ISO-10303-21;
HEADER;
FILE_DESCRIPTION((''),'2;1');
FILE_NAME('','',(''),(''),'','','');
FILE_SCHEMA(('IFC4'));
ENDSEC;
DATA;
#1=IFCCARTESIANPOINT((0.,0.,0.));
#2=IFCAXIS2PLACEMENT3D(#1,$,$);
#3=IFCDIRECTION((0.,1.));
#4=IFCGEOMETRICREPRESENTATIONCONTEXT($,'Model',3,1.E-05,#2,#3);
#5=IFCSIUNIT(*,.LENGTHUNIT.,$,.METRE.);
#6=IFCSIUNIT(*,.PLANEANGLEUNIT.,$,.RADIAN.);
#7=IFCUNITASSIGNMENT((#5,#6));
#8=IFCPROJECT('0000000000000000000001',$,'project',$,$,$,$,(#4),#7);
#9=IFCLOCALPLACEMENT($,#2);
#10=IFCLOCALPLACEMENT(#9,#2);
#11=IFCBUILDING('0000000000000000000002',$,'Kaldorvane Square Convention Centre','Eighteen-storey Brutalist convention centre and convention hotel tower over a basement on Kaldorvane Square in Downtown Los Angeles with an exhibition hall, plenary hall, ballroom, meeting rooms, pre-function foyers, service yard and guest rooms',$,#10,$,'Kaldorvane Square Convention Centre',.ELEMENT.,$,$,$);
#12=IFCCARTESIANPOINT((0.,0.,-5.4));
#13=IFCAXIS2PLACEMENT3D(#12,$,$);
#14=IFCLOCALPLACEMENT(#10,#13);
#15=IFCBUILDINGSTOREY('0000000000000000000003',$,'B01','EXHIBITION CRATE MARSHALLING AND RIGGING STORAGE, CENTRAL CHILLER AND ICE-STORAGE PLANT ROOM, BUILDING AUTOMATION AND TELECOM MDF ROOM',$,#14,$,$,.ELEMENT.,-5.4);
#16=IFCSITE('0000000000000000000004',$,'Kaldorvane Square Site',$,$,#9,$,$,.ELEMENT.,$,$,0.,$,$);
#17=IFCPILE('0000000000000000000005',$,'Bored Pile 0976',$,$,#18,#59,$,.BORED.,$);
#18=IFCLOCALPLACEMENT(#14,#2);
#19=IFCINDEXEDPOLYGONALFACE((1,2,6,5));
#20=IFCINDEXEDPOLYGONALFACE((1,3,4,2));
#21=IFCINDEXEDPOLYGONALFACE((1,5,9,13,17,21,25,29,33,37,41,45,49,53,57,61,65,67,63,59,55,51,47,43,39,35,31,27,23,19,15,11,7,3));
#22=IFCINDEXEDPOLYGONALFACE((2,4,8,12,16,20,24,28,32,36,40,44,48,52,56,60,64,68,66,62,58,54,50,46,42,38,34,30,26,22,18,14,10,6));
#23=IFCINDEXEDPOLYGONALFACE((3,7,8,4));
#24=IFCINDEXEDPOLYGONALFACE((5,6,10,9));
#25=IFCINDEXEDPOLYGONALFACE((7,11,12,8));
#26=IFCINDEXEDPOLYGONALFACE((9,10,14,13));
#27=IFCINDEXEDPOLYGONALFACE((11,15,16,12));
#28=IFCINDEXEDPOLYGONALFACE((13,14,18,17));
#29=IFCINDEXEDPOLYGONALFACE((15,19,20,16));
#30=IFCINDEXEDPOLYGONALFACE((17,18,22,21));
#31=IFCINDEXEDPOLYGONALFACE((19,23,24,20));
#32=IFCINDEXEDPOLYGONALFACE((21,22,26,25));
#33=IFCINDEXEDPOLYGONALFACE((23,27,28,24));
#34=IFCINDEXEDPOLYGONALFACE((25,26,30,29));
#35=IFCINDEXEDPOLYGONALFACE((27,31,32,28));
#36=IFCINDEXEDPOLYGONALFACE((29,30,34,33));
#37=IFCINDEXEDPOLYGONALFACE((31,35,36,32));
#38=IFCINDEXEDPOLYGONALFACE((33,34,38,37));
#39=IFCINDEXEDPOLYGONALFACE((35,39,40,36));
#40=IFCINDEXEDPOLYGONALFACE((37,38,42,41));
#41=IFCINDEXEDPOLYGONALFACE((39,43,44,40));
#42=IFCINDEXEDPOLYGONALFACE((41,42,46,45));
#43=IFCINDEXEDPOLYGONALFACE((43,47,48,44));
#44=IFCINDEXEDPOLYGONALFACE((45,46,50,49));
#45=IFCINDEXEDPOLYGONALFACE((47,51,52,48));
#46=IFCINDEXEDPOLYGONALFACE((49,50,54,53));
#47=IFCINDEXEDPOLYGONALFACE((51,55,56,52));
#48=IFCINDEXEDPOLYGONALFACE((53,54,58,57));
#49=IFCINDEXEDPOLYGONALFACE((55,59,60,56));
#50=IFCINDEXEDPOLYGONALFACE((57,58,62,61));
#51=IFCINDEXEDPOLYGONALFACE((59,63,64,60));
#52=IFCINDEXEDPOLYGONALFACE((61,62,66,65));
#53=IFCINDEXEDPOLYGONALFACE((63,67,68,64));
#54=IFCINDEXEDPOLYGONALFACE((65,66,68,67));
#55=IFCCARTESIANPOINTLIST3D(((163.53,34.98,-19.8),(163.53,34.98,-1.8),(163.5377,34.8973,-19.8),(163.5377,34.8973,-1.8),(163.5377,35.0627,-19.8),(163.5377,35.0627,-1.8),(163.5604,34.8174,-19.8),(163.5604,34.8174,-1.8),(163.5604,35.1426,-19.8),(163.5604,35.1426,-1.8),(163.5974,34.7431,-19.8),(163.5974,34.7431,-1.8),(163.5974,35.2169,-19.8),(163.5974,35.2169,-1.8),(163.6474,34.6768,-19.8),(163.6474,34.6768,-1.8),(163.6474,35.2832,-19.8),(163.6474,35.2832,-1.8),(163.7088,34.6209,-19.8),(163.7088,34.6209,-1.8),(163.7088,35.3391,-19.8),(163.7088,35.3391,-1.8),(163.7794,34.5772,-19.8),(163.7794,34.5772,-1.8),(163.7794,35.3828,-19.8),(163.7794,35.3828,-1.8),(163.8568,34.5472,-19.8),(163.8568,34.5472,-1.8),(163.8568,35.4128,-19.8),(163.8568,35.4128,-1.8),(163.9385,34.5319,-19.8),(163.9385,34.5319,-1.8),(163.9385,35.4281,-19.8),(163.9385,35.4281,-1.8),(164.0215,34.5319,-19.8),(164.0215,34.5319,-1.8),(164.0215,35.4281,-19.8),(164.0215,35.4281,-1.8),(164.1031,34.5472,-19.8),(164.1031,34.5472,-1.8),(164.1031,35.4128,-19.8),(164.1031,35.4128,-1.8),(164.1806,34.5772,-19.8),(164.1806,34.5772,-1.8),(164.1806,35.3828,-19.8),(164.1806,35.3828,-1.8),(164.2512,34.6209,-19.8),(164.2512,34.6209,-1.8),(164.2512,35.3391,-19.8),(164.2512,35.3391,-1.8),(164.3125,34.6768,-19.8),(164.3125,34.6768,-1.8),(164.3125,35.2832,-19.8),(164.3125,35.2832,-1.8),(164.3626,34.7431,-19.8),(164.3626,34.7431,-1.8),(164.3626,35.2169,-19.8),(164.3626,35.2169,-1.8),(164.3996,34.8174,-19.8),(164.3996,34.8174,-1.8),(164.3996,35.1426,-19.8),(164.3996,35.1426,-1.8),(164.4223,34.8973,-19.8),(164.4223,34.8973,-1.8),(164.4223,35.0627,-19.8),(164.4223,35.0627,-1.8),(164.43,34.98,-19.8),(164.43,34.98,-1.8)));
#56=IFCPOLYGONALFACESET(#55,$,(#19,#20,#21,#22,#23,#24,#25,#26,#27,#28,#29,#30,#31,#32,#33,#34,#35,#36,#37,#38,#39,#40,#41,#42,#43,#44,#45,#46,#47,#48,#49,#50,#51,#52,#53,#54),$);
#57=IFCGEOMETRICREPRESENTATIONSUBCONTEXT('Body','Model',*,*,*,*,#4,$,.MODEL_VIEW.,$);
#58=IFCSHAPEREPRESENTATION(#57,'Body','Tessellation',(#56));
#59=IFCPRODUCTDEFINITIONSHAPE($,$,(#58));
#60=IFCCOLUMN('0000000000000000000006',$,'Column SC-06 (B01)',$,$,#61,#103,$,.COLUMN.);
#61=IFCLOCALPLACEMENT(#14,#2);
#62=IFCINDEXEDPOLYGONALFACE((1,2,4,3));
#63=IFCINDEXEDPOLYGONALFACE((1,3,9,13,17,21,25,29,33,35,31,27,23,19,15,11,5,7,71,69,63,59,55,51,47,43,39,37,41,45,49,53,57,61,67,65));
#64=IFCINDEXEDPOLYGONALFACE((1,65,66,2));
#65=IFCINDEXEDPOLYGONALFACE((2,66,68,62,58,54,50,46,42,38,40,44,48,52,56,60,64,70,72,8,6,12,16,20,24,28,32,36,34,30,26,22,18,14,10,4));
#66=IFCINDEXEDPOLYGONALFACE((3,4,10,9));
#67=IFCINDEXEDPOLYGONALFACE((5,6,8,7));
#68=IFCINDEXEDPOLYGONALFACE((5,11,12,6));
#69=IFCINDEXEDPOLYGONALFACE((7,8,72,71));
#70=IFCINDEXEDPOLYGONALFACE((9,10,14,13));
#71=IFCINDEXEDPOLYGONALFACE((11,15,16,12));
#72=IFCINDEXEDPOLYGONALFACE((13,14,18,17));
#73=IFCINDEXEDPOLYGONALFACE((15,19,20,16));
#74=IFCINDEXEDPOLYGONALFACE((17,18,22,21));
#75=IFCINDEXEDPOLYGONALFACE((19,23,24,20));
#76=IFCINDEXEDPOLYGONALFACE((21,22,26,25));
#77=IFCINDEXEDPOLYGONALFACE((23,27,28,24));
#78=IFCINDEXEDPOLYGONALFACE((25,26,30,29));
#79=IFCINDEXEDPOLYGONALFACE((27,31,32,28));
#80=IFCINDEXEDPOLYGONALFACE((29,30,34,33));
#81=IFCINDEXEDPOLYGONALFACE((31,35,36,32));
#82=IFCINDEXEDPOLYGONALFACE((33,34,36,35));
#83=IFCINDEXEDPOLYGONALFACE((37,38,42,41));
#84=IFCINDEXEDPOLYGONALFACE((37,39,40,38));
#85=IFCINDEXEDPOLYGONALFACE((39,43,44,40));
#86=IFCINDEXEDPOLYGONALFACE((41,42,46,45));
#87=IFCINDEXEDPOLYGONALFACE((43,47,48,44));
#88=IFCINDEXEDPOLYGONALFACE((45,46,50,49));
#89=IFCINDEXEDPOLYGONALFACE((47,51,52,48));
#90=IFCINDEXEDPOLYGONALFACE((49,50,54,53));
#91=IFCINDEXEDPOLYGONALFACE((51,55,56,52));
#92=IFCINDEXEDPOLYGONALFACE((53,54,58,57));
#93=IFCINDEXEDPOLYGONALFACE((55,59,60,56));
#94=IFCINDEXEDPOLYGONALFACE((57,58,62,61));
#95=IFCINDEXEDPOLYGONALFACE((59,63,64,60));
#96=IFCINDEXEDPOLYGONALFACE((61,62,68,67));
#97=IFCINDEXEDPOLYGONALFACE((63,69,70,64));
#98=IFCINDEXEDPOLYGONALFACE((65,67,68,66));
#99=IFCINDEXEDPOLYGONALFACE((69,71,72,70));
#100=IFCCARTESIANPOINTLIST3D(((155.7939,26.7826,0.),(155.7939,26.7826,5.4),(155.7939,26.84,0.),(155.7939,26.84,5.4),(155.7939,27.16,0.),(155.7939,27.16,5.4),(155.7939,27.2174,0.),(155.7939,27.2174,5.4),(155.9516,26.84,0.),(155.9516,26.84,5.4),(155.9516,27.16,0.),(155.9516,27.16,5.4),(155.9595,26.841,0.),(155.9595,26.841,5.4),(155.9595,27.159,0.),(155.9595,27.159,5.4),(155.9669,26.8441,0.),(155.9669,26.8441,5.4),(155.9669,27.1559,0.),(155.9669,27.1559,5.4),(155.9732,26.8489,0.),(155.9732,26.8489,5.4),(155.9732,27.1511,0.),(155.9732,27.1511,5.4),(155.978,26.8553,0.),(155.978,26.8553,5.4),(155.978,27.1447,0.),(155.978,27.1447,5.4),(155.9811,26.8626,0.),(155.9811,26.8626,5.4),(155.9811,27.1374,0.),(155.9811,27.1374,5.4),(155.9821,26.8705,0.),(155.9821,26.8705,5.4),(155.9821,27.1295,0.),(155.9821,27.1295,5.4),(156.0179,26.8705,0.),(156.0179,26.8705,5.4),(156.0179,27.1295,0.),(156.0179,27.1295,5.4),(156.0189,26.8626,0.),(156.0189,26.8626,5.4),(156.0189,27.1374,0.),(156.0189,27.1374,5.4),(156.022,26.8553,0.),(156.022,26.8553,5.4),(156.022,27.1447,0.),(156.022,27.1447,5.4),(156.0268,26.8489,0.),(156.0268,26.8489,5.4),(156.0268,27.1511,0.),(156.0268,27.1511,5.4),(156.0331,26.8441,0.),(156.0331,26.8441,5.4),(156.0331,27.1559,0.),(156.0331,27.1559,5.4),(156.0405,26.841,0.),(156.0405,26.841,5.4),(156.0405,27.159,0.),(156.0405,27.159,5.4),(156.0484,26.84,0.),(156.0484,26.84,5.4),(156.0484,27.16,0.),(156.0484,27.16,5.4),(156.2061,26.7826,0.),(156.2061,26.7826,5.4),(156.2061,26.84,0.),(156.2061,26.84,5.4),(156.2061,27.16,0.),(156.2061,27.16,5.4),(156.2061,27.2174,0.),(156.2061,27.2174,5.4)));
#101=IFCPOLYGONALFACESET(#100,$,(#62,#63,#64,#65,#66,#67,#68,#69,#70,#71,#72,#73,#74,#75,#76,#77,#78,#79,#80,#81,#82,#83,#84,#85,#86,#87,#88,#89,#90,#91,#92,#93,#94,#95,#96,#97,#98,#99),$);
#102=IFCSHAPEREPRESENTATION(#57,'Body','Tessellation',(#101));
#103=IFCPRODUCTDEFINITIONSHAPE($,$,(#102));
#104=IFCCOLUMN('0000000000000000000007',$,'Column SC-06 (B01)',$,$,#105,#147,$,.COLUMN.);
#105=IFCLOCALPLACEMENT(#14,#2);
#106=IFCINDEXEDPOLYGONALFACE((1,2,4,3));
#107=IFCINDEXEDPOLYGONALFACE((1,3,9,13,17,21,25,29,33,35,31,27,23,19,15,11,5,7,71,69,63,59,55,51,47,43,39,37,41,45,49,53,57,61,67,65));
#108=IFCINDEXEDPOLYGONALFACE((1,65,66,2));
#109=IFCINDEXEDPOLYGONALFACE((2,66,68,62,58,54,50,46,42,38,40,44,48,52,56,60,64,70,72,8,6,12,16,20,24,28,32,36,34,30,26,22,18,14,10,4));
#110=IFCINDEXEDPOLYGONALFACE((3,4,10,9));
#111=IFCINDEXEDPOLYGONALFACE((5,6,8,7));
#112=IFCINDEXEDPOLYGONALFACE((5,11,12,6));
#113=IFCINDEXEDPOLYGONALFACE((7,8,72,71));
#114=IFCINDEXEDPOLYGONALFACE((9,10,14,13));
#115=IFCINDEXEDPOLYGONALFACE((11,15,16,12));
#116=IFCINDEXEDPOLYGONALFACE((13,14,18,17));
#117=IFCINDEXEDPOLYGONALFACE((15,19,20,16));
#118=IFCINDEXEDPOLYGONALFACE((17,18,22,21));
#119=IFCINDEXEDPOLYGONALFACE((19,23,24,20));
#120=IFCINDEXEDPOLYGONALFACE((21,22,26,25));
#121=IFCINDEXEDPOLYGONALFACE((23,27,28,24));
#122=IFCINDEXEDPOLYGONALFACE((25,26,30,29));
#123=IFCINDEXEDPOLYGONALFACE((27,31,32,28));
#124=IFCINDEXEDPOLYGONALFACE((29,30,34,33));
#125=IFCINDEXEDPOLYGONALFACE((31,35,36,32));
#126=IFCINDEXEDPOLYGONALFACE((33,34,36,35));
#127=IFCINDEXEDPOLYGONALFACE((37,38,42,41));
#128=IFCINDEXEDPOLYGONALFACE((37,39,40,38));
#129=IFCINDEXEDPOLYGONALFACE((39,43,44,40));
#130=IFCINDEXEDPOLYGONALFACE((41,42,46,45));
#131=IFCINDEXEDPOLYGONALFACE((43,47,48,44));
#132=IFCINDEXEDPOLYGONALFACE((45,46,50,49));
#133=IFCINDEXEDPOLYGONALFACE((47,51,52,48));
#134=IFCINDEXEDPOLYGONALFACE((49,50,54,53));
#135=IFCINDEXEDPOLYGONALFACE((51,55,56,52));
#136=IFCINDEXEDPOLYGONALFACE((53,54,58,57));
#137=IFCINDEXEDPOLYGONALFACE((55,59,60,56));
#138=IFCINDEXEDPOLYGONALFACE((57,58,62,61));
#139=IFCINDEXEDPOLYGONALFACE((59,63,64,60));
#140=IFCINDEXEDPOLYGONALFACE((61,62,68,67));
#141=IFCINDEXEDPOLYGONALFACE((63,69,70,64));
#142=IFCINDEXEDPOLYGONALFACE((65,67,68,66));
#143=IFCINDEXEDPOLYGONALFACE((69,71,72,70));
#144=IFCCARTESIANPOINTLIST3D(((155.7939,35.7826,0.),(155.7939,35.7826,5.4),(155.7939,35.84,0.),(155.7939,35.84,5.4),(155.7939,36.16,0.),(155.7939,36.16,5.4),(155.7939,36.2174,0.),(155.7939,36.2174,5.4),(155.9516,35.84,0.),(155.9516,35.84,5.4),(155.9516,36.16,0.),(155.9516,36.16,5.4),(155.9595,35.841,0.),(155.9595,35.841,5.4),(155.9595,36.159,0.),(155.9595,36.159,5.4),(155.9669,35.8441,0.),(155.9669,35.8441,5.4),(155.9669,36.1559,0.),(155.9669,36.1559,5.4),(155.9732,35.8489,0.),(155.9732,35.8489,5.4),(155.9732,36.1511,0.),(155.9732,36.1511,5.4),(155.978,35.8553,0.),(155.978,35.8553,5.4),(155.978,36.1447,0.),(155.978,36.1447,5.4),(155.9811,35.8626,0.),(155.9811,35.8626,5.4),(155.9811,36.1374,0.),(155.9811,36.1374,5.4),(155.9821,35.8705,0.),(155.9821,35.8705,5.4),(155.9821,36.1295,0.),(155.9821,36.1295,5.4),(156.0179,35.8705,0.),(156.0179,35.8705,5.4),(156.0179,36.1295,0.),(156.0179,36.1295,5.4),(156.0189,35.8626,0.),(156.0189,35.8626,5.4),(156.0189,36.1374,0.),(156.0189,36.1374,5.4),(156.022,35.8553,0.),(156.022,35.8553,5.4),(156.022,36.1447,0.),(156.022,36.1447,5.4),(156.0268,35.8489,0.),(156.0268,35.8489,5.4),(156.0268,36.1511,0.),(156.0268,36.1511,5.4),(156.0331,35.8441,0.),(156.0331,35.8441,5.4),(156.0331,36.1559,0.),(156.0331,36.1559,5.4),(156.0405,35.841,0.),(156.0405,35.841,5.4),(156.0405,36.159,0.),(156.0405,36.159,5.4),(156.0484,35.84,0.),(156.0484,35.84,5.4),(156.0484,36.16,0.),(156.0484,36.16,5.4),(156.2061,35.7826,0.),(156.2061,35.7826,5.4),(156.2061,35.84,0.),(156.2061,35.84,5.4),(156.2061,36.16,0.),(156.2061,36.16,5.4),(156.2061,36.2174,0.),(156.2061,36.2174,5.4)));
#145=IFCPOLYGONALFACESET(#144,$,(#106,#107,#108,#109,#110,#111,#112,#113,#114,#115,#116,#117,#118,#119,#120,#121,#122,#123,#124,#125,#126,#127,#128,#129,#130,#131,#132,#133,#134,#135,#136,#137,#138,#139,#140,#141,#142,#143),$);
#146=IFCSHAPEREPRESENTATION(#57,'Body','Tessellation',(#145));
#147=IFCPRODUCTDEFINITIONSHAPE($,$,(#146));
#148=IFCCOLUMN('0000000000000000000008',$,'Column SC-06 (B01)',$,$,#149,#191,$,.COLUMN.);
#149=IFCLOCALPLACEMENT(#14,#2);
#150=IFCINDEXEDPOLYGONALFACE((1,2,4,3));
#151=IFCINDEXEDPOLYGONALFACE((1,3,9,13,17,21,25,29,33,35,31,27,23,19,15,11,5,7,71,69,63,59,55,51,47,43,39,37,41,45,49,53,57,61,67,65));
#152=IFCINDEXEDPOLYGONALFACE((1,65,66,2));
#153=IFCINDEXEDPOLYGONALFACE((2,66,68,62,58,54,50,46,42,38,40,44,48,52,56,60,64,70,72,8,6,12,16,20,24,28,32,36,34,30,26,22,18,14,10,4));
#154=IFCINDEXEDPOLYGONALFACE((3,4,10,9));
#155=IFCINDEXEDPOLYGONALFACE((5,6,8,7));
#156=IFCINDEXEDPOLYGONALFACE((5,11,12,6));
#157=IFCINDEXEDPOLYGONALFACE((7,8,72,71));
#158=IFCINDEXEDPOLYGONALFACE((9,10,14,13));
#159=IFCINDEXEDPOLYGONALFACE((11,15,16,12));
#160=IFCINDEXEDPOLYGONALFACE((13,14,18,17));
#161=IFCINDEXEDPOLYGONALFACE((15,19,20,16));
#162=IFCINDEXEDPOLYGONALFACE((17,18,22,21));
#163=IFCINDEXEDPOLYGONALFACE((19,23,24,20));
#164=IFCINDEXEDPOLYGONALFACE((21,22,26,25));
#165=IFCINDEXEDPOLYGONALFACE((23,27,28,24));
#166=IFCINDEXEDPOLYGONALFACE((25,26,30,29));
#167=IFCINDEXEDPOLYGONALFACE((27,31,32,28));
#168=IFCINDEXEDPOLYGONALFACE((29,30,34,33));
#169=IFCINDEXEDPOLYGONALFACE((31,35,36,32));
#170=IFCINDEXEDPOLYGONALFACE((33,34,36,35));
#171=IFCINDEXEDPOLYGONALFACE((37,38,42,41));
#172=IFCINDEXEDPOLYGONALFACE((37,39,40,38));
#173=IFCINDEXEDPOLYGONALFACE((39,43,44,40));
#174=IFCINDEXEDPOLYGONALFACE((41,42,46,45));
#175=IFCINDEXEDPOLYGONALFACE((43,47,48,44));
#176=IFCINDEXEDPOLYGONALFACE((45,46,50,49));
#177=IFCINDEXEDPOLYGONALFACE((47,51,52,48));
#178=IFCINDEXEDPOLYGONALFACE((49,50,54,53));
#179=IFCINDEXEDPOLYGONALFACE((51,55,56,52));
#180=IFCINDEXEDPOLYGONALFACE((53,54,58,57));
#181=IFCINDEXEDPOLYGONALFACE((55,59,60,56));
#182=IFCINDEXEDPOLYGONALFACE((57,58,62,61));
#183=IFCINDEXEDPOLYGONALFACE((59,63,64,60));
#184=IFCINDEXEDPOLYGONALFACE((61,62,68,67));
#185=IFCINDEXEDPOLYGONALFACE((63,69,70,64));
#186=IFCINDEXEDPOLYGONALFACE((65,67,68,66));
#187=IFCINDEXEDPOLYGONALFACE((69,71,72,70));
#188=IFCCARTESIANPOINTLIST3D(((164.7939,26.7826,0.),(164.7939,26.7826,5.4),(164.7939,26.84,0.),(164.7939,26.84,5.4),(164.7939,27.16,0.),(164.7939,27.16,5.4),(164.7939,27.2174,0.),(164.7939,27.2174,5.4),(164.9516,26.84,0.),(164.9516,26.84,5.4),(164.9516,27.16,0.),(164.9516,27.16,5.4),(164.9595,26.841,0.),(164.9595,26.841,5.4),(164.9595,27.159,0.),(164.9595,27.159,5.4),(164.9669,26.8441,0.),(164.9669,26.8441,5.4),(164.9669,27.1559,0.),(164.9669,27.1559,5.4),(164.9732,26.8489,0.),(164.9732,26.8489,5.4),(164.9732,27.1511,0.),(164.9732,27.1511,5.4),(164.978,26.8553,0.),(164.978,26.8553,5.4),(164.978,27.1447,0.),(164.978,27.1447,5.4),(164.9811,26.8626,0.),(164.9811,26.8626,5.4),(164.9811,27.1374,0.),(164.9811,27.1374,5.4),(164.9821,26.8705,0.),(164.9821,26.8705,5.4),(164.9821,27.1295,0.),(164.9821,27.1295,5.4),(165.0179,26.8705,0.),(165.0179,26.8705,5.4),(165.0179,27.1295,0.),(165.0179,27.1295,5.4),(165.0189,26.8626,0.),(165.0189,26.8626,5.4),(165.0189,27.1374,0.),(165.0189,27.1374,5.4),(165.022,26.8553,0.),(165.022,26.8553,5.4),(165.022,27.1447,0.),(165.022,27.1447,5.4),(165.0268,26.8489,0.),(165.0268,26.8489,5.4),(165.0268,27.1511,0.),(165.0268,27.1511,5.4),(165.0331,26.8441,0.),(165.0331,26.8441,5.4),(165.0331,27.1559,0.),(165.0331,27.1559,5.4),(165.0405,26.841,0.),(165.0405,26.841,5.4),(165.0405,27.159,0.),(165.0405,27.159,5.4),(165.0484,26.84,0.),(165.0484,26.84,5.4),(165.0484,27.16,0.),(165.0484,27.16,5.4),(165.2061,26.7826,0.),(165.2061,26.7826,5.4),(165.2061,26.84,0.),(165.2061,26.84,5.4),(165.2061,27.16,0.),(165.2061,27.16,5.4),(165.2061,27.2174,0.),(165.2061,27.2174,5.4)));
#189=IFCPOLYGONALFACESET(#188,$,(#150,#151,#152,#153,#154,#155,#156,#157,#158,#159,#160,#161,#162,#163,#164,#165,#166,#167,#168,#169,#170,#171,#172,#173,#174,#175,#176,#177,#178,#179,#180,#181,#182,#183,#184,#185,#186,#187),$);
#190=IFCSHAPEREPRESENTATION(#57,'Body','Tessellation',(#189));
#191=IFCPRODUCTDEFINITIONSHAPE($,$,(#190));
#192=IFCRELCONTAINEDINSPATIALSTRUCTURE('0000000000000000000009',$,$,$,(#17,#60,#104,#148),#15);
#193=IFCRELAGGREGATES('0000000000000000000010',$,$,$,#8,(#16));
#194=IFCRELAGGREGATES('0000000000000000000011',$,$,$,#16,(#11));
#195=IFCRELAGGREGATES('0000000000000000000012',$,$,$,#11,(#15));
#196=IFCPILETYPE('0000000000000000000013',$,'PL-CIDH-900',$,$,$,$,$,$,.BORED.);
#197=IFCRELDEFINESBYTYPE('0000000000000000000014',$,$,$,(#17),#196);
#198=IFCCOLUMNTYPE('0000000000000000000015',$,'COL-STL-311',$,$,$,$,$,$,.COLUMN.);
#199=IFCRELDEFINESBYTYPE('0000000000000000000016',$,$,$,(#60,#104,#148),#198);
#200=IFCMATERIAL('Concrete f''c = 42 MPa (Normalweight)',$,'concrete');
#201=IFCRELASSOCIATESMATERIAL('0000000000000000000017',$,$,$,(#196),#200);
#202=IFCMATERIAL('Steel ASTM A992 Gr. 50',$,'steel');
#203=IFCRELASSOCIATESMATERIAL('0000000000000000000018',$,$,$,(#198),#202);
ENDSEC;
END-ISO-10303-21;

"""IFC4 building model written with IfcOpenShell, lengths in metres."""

from ifc_helpers import new_model, si_unit, direction, frame, origin, origin_2d, place, context, subcontext, project, spatial, circle, i_section, extrude, material, material_profile, profile_set, type_object, element, save


model = new_model("IFC4")

# Units and contexts
model_context = context("Model", 3, precision=1e-05, world=origin(), true_north=direction((0.0, 1.0)))
body_context = subcontext(model_context, "Body", "Model", "MODEL_VIEW")
ifc_project = project(units=[si_unit("LENGTHUNIT", "METRE"), si_unit("PLANEANGLEUNIT", "RADIAN")], contexts=[model_context])

# Site, building, storey
site_placement = place(None, origin())
site = spatial("IfcSite", under=ifc_project, at=site_placement, Name="Kaldorvane Square Site", CompositionType="ELEMENT", RefElevation=0.0)
building_placement = place(site_placement, origin())
building = spatial("IfcBuilding", under=site, at=building_placement, Name="Kaldorvane Square Convention Centre", Description="Eighteen-storey Brutalist convention centre and convention hotel tower over a basement on Kaldorvane Square in Downtown Los Angeles with an exhibition hall, plenary hall, ballroom, meeting rooms, pre-function foyers, service yard and guest rooms", LongName="Kaldorvane Square Convention Centre", CompositionType="ELEMENT")
storey_placement = place(building_placement, frame((0.0, 0.0, -5.4)))
storey = spatial("IfcBuildingStorey", under=building, at=storey_placement, Name="B01", Description="EXHIBITION CRATE MARSHALLING AND RIGGING STORAGE, CENTRAL CHILLER AND ICE-STORAGE PLANT ROOM, BUILDING AUTOMATION AND TELECOM MDF ROOM", CompositionType="ELEMENT", Elevation=-5.4)

# Shared definitions
ifc_material_1 = material(Name="Concrete f'c = 42 MPa (Normalweight)", Category="concrete")

# Pile
ifc_material_profile_1 = material_profile(ifc_material_1, circle(Radius=0.45, at=origin_2d()), Name="PILE-D900")
ifc_profile_set_1 = profile_set([ifc_material_profile_1], Name="Concrete f'c = 42 MPa (Normalweight)")
pile_type = type_object("IfcPileType", Name="PL-CIDH-900", PredefinedType="BORED", material=ifc_profile_set_1)
for number, where, z_axis, x_axis, name in (
    (1, (163.98, 34.98, -1.8), (0.0, 0.0, -1.0), (1.0, 0.0, 0.0), "Bored Pile 0976"),
):
    element("IfcPile", number, at=place(storey_placement, frame(where, z_axis=z_axis, x_axis=x_axis)), inside=storey, type_object=pile_type, Name=name, PredefinedType="BORED", context=body_context, shape_type="SweptSolid", body=[
        extrude(circle(Radius=0.45, at=origin_2d()), origin(), (0.0, 0.0, 1.0), 18.0),
    ])

# Columns
ifc_material_2 = material(Name="Steel ASTM A992 Gr. 50", Category="steel")
ifc_material_profile_2 = material_profile(ifc_material_2, i_section(OverallWidth=0.4122, OverallDepth=0.4348, WebThickness=0.0358, FlangeThickness=0.0574, FilletRadius=0.0305, at=origin_2d()), Name="W14X311")
ifc_profile_set_2 = profile_set([ifc_material_profile_2], Name="Steel ASTM A992 Gr. 50")
column_type = type_object("IfcColumnType", Name="COL-STL-311", PredefinedType="COLUMN", material=ifc_profile_set_2)
for number, where, z_axis, x_axis, name in (
    (2, (156.0, 27.0, 0.0), (0.0, 0.0, 1.0), (1.0, 0.0, 0.0), "Column SC-06 (B01)"),
    (3, (156.0, 36.0, 0.0), (0.0, 0.0, 1.0), (1.0, 0.0, 0.0), "Column SC-06 (B01)"),
    (4, (165.0, 27.0, 0.0), (0.0, 0.0, 1.0), (1.0, 0.0, 0.0), "Column SC-06 (B01)"),
):
    element("IfcColumn", number, at=place(storey_placement, frame(where, z_axis=z_axis, x_axis=x_axis)), inside=storey, type_object=column_type, Name=name, PredefinedType="COLUMN", context=body_context, shape_type="SweptSolid", body=[
        extrude(i_section(OverallWidth=0.4122, OverallDepth=0.4348, WebThickness=0.0358, FlangeThickness=0.0574, FilletRadius=0.0305, at=origin_2d()), origin(), (0.0, 0.0, 1.0), 5.4),
    ])

save(model, "model.ifc")
